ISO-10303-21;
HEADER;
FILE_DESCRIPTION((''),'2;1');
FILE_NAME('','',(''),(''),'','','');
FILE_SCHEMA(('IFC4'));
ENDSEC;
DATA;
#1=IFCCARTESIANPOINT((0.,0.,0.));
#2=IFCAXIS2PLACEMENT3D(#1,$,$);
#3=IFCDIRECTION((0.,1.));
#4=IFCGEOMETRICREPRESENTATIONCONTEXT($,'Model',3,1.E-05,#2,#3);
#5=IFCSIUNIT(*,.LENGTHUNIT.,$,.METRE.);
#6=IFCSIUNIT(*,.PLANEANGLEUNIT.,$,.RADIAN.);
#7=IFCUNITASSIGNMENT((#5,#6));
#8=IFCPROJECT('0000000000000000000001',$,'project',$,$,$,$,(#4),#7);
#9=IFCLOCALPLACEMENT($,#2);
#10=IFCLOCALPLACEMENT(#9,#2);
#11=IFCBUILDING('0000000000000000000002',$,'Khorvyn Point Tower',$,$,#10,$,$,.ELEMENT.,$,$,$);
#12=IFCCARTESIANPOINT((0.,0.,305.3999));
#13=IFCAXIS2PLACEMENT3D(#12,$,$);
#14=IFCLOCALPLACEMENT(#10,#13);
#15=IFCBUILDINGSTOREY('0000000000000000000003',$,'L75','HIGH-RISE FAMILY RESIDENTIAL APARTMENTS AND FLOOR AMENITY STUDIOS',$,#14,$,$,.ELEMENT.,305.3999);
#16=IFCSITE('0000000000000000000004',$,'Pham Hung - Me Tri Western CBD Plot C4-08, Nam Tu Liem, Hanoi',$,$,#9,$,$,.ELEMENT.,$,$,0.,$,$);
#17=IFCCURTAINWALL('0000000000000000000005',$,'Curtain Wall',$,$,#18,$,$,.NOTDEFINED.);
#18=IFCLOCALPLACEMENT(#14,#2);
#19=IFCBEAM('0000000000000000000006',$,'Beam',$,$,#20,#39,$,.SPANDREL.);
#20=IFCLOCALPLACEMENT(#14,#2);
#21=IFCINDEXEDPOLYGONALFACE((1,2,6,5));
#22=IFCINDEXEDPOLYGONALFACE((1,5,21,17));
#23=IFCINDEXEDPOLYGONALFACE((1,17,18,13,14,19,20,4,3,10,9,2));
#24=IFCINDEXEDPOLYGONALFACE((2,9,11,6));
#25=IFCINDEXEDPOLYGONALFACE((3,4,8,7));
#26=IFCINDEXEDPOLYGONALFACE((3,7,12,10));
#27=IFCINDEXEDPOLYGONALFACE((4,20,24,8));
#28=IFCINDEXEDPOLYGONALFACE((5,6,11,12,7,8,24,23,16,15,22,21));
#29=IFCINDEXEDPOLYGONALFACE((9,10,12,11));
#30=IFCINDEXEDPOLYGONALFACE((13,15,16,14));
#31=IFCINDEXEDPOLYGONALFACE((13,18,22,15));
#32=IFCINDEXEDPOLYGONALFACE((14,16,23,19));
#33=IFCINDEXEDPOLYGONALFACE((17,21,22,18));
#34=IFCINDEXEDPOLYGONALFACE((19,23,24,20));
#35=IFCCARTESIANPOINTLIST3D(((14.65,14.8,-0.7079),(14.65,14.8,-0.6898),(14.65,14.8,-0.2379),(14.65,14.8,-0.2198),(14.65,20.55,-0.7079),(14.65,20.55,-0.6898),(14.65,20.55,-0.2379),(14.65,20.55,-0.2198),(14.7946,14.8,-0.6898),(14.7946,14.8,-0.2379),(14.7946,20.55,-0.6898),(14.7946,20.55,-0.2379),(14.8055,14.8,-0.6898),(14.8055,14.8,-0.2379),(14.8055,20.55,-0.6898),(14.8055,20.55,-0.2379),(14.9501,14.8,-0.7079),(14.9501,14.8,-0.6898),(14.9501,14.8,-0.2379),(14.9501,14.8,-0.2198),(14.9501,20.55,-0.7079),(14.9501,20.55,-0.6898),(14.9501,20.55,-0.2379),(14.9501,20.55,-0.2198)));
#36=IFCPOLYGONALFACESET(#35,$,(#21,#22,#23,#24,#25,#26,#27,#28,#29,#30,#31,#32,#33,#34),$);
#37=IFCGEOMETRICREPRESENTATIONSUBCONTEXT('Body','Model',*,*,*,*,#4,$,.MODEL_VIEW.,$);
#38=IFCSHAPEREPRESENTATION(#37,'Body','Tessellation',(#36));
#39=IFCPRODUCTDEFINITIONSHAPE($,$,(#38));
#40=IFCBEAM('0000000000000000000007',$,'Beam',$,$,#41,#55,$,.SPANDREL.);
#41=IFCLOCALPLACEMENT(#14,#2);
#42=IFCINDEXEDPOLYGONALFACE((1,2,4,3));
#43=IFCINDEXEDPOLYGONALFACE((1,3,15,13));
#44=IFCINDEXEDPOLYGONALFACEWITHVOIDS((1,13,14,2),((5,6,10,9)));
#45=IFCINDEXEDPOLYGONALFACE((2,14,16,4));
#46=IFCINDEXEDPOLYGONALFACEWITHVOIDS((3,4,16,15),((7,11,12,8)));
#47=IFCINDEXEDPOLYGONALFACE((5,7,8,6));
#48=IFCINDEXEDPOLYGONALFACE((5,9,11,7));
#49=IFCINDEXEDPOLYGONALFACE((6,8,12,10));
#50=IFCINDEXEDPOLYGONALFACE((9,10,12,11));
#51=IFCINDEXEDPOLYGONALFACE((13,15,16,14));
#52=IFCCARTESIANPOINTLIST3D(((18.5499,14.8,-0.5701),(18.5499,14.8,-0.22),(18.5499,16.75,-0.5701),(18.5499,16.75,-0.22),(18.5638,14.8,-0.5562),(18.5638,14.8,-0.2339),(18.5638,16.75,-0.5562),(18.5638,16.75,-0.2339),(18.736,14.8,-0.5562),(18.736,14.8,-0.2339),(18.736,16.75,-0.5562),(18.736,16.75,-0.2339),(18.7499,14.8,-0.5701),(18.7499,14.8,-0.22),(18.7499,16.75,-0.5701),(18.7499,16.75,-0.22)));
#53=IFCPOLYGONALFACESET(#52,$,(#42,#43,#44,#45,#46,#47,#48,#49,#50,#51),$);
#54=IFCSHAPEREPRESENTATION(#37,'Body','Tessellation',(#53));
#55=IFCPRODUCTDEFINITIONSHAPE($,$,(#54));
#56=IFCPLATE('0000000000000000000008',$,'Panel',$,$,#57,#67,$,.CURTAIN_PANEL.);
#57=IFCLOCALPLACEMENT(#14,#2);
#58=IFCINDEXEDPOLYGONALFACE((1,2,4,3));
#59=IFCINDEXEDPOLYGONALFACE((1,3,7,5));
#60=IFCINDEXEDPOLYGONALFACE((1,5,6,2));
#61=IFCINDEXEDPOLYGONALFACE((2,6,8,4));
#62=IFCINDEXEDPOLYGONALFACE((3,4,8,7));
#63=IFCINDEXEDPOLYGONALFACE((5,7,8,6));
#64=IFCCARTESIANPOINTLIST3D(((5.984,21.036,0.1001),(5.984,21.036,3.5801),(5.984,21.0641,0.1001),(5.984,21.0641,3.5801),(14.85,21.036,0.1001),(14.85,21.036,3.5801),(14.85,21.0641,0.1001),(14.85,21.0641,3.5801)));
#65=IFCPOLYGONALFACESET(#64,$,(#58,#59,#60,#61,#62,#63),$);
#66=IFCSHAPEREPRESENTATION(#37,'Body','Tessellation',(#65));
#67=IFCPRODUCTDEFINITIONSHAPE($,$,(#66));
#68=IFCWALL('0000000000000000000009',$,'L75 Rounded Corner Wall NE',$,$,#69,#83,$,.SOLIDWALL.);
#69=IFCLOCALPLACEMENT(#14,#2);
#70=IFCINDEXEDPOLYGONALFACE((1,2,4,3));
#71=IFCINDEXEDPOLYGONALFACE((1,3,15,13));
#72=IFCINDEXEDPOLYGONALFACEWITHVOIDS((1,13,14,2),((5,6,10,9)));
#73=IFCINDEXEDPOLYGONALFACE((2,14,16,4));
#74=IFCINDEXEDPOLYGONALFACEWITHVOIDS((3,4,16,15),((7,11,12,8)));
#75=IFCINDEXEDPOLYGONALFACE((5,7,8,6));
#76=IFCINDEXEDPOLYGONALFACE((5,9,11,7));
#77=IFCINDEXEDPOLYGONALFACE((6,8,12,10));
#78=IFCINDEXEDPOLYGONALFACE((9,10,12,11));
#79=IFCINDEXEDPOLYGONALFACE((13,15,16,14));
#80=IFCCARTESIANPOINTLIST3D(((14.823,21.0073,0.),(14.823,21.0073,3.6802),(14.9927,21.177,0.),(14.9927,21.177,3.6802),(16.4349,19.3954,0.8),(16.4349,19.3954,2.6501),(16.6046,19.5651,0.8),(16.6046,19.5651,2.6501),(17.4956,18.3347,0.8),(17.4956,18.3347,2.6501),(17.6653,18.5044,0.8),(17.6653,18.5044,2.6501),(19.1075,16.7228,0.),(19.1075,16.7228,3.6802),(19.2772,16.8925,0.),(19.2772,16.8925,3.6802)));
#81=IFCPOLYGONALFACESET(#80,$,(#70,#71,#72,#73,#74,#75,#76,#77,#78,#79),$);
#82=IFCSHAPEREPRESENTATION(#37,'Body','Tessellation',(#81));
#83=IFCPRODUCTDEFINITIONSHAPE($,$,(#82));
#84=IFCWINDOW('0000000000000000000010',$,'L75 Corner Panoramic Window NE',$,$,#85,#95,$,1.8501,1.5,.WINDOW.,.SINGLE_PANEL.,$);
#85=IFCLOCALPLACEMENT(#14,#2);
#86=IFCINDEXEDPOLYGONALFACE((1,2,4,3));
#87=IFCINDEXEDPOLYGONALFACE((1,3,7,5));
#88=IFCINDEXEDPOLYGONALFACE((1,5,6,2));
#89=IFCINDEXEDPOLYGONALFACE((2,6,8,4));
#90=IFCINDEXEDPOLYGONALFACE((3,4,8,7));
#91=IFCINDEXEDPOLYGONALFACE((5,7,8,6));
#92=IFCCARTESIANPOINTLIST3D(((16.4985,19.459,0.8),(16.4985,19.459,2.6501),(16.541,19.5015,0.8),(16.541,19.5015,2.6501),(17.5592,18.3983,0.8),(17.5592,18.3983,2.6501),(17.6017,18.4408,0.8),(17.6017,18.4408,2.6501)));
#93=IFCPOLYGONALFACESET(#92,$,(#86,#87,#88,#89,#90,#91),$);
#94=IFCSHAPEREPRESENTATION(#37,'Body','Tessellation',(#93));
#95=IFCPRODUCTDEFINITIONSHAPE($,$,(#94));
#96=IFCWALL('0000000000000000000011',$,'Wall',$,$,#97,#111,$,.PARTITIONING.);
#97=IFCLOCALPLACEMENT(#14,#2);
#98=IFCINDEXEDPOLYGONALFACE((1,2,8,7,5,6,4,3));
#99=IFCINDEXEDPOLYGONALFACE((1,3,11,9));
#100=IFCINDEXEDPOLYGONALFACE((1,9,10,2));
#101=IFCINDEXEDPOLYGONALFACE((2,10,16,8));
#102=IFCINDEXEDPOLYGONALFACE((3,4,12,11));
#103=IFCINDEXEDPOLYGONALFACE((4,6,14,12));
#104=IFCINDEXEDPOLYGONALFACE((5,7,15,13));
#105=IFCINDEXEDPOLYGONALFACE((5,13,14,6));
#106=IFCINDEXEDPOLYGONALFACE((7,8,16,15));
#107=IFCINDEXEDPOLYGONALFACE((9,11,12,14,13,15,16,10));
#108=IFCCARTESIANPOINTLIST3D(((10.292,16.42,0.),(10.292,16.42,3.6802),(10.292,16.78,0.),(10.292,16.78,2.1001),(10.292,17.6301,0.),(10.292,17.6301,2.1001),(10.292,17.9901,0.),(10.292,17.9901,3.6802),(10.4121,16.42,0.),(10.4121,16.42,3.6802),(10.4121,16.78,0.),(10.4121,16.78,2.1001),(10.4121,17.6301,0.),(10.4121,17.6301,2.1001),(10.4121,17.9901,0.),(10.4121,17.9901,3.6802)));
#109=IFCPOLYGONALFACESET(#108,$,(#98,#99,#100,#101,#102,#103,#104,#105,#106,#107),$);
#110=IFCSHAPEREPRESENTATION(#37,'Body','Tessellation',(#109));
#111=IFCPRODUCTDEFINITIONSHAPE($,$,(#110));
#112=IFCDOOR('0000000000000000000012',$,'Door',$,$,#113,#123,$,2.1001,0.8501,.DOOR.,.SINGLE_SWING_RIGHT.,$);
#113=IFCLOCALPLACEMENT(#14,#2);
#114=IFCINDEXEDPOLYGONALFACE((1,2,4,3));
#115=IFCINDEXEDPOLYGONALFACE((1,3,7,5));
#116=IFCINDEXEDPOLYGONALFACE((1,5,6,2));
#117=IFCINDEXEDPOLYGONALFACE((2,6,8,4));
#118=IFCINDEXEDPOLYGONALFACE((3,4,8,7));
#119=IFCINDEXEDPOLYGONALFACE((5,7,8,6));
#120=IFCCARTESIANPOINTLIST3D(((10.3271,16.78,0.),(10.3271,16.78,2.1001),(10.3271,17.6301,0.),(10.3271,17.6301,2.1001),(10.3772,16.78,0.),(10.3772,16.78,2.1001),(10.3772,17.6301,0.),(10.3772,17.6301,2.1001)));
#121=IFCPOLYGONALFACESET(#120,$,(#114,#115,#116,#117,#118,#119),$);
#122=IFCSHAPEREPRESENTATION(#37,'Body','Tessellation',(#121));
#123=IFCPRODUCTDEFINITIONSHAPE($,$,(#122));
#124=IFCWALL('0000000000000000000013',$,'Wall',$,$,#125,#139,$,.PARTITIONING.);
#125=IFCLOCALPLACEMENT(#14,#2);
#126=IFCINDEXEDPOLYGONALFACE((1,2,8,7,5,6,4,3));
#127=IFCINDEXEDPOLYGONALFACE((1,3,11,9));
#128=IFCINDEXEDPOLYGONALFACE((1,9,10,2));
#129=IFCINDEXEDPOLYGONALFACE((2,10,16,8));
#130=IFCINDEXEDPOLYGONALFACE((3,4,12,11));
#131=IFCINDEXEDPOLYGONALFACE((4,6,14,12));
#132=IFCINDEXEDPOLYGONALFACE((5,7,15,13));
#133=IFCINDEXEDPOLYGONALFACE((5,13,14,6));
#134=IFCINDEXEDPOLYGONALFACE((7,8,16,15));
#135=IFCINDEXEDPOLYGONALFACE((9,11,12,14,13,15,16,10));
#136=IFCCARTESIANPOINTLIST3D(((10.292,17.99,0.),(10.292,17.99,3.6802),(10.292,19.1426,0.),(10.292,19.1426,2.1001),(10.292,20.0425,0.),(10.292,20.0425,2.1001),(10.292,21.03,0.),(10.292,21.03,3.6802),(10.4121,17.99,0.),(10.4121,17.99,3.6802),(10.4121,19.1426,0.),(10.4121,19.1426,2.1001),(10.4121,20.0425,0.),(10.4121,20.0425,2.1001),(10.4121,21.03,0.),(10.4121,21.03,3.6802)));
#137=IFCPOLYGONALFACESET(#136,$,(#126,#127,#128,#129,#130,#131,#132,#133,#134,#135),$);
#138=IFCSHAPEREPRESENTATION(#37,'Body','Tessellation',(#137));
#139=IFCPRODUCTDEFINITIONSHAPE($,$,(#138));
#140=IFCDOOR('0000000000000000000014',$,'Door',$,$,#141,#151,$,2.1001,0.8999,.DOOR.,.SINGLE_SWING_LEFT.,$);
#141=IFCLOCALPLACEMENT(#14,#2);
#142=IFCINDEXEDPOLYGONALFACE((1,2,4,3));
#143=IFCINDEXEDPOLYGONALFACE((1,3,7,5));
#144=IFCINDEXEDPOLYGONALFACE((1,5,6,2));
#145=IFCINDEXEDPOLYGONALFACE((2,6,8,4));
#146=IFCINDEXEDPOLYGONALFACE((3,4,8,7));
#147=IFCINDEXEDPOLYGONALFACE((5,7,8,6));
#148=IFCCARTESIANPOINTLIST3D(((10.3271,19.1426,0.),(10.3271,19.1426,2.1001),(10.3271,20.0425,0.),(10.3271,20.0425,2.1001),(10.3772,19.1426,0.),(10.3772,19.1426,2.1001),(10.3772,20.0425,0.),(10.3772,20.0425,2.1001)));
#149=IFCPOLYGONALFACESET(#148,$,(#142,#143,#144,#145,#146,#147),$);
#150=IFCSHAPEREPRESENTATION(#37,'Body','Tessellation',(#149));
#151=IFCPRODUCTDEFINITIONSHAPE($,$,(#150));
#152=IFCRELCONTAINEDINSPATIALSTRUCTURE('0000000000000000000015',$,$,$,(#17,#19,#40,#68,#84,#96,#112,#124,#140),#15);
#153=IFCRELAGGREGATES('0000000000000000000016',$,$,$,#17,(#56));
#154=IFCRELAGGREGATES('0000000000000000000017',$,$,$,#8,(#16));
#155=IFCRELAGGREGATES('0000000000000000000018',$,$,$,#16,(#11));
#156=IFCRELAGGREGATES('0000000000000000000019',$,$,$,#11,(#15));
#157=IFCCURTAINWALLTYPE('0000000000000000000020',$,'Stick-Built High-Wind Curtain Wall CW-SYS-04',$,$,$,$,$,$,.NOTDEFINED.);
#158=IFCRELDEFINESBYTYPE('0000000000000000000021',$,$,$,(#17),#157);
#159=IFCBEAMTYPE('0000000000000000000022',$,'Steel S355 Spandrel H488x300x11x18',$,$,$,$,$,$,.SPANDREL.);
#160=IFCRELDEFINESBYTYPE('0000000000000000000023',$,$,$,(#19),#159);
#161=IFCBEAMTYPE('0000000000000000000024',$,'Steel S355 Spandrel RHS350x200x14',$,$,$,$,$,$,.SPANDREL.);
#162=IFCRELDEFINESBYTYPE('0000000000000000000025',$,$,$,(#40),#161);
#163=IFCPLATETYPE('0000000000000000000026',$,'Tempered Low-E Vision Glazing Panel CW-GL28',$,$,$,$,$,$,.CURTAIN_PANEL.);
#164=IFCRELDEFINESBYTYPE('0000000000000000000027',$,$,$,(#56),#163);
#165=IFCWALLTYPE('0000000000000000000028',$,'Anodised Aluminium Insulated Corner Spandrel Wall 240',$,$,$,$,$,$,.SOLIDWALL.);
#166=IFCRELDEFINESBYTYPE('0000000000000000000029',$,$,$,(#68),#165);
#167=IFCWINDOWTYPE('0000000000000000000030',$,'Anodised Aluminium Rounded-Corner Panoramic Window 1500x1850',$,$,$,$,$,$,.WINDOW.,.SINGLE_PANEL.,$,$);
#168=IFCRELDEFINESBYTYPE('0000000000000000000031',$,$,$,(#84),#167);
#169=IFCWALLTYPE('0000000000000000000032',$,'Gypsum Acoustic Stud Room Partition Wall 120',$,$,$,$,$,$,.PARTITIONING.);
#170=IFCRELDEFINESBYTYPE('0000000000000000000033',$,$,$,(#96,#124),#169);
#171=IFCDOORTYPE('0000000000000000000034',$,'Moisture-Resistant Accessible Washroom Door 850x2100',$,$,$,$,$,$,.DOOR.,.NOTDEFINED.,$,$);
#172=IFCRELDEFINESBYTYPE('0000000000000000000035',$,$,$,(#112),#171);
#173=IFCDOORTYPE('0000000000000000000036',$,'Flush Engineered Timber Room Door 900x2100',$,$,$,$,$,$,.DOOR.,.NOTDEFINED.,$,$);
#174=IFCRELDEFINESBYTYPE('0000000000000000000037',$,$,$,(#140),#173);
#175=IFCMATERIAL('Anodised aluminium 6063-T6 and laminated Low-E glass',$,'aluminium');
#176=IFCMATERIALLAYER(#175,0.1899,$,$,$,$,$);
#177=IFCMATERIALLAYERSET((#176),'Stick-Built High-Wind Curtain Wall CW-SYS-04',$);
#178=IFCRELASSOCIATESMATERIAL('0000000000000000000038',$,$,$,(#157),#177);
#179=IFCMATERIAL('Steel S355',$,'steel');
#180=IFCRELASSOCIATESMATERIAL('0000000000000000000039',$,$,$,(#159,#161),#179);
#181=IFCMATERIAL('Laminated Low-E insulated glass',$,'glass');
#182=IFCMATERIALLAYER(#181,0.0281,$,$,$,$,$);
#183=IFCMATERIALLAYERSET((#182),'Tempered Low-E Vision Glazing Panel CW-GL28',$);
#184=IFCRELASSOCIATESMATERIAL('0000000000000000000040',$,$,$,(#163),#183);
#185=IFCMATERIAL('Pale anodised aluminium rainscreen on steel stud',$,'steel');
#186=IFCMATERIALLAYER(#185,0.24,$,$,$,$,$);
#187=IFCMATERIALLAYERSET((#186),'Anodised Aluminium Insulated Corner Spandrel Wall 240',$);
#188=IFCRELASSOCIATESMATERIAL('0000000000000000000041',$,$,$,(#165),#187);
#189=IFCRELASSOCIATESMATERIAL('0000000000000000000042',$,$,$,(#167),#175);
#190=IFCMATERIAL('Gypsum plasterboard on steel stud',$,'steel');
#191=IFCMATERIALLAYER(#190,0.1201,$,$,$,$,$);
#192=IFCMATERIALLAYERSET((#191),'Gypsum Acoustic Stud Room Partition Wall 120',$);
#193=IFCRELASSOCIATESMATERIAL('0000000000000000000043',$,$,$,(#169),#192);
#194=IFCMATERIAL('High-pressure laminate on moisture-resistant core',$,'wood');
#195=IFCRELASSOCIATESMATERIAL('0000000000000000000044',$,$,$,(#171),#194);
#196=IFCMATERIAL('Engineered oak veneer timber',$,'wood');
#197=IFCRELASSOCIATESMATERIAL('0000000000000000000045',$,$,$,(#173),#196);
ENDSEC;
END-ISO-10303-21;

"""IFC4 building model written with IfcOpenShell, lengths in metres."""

from ifc_helpers import new_model, si_unit, direction, frame, frame_2d, origin, origin_2d, place, context, subcontext, project, spatial, rectangle, hollow_rectangle, i_section, extrude, material, layer, layer_set, material_profile, profile_set, type_object, element, fill, aggregate, save


model = new_model("IFC4")

# Units and contexts
model_context = context("Model", 3, precision=1e-05, world=origin(), true_north=direction((0.0, 1.0)))
body_context = subcontext(model_context, "Body", "Model", "MODEL_VIEW")
ifc_project = project(units=[si_unit("LENGTHUNIT", "METRE"), si_unit("PLANEANGLEUNIT", "RADIAN")], contexts=[model_context])

# Site, building, storey
site_placement = place(None, origin())
site = spatial("IfcSite", under=ifc_project, at=site_placement, Name="Pham Hung - Me Tri Western CBD Plot C4-08, Nam Tu Liem, Hanoi", CompositionType="ELEMENT", RefElevation=0.0)
building_placement = place(site_placement, origin())
building = spatial("IfcBuilding", under=site, at=building_placement, Name="Khorvyn Point Tower", CompositionType="ELEMENT")
storey_placement = place(building_placement, frame((0.0, 0.0, 305.3999)))
storey = spatial("IfcBuildingStorey", under=building, at=storey_placement, Name="L75", Description="HIGH-RISE FAMILY RESIDENTIAL APARTMENTS AND FLOOR AMENITY STUDIOS", CompositionType="ELEMENT", Elevation=305.3999)

# Shared definitions
ifc_material_1 = material(Name="Steel S355", Category="steel")

# Curtain wall
ifc_material_2 = material(Name="Anodised aluminium 6063-T6 and laminated Low-E glass", Category="aluminium")
ifc_layer_1 = layer(ifc_material_2, 0.1899)
ifc_layer_set_1 = layer_set([ifc_layer_1], Name="Stick-Built High-Wind Curtain Wall CW-SYS-04")
curtain_wall_type = type_object("IfcCurtainWallType", Name="Stick-Built High-Wind Curtain Wall CW-SYS-04", PredefinedType="NOTDEFINED", material=ifc_layer_set_1)
curtain_wall_1_placement = place(storey_placement, origin())
curtain_wall_1 = element("IfcCurtainWall", 1, at=curtain_wall_1_placement, inside=storey, type_object=curtain_wall_type, Name="Curtain Wall", PredefinedType="NOTDEFINED")

# Beams
ifc_material_profile_1 = material_profile(ifc_material_1, i_section(OverallWidth=0.3, OverallDepth=0.488, WebThickness=0.011, FlangeThickness=0.0181, at=origin_2d()))
ifc_profile_set_1 = profile_set([ifc_material_profile_1], Name="Steel S355 H488x300x11x18")
beam_type_1 = type_object("IfcBeamType", Name="Steel S355 Spandrel H488x300x11x18", PredefinedType="SPANDREL", material=ifc_profile_set_1)
beam_1_placement = place(storey_placement, frame((14.8, 14.8, -0.4639), z_axis=(0.0, 1.0, 0.0), x_axis=(-1.0, 0.0, 0.0)))
element("IfcBeam", 2, at=beam_1_placement, inside=storey, type_object=beam_type_1, Name="Beam", PredefinedType="SPANDREL", context=body_context, shape_type="SweptSolid", body=[
    extrude(i_section(OverallWidth=0.3, OverallDepth=0.488, WebThickness=0.011, FlangeThickness=0.0181, at=origin_2d()), origin(), (0.0, 0.0, 1.0), 5.75),
])
ifc_material_profile_2 = material_profile(ifc_material_1, hollow_rectangle(XDim=0.2, YDim=0.3501, WallThickness=0.0139, at=origin_2d()))
ifc_profile_set_2 = profile_set([ifc_material_profile_2], Name="Steel S355 RHS350x200x14")
beam_type_2 = type_object("IfcBeamType", Name="Steel S355 Spandrel RHS350x200x14", PredefinedType="SPANDREL", material=ifc_profile_set_2)
beam_2_placement = place(storey_placement, frame((18.6499, 14.8, -0.395), z_axis=(0.0, 1.0, 0.0), x_axis=(-1.0, 0.0, 0.0)))
element("IfcBeam", 3, at=beam_2_placement, inside=storey, type_object=beam_type_2, Name="Beam", PredefinedType="SPANDREL", context=body_context, shape_type="SweptSolid", body=[
    extrude(hollow_rectangle(XDim=0.2, YDim=0.3501, WallThickness=0.0139, at=origin_2d()), origin(), (0.0, 0.0, 1.0), 1.95),
])

# Plate
ifc_material_3 = material(Name="Laminated Low-E insulated glass", Category="glass")
ifc_layer_2 = layer(ifc_material_3, 0.0281)
ifc_layer_set_2 = layer_set([ifc_layer_2], Name="Tempered Low-E Vision Glazing Panel CW-GL28")
plate_type = type_object("IfcPlateType", Name="Tempered Low-E Vision Glazing Panel CW-GL28", PredefinedType="CURTAIN_PANEL", material=ifc_layer_set_2)
plate_placement = place(storey_placement, frame((10.417, 21.05, 0.1001), z_axis=(0.0, 0.0, 1.0), x_axis=(1.0, 0.0, 0.0)))
plate = element("IfcPlate", 4, at=plate_placement, type_object=plate_type, Name="Panel", PredefinedType="CURTAIN_PANEL", context=body_context, shape_type="SweptSolid", body=[
    extrude(rectangle(XDim=8.866, YDim=0.0281, at=origin_2d()), origin(), (0.0, 0.0, 1.0), 3.48),
])
aggregate(curtain_wall_1, [plate])

# Wall, opening, window
ifc_material_4 = material(Name="Pale anodised aluminium rainscreen on steel stud", Category="steel")
ifc_layer_3 = layer(ifc_material_4, 0.24)
ifc_layer_set_3 = layer_set([ifc_layer_3], Name="Anodised Aluminium Insulated Corner Spandrel Wall 240")
wall_type_1 = type_object("IfcWallType", Name="Anodised Aluminium Insulated Corner Spandrel Wall 240", PredefinedType="SOLIDWALL", material=ifc_layer_set_3)
wall_1_placement = place(storey_placement, frame((14.9077, 21.0923, 0.0), z_axis=(0.0, 0.0, 1.0), x_axis=(0.707107, -0.707107, 0.0)))
wall_1 = element("IfcWall", 5, at=wall_1_placement, inside=storey, type_object=wall_type_1, Name="L75 Rounded Corner Wall NE", PredefinedType="SOLIDWALL", context=body_context, shape_type="SweptSolid", body=[
    extrude(rectangle(XDim=6.0593, YDim=0.24, at=frame_2d((3.0298, 0.0))), origin(), (0.0, 0.0, 1.0), 3.6802),
])
opening_1_placement = place(wall_1_placement, frame((2.2798, 0.0, 0.8)))
opening_1 = element("IfcOpeningElement", 6, at=opening_1_placement, cuts=wall_1, PredefinedType="OPENING", context=body_context, shape_type="SweptSolid", body=[
    extrude(rectangle(XDim=1.5, YDim=1.8501, at=frame_2d((0.75, 0.925))), frame((0.0, 0.1299, 0.0), z_axis=(0.0, -1.0, 0.0), x_axis=(1.0, 0.0, 0.0)), (0.0, 0.0, 1.0), 0.26),
])
window_type = type_object("IfcWindowType", Name="Anodised Aluminium Rounded-Corner Panoramic Window 1500x1850", PartitioningType="SINGLE_PANEL", PredefinedType="WINDOW", material=ifc_material_2)
window_placement = place(opening_1_placement, origin())
window = element("IfcWindow", 7, at=window_placement, inside=storey, type_object=window_type, Name="L75 Corner Panoramic Window NE", OverallHeight=1.8501, OverallWidth=1.5, PartitioningType="SINGLE_PANEL", PredefinedType="WINDOW", context=body_context, shape_type="SweptSolid", body=[
    extrude(rectangle(XDim=1.5, YDim=1.8501, at=frame_2d((0.75, 0.925))), frame((0.0, 0.03, 0.0), z_axis=(0.0, -1.0, 0.0), x_axis=(1.0, 0.0, 0.0)), (0.0, 0.0, 1.0), 0.0601),
])
fill(opening_1, window)

# Walls, openings, doors
ifc_material_5 = material(Name="Gypsum plasterboard on steel stud", Category="steel")
ifc_layer_4 = layer(ifc_material_5, 0.1201)
ifc_layer_set_4 = layer_set([ifc_layer_4], Name="Gypsum Acoustic Stud Room Partition Wall 120")
wall_type_2 = type_object("IfcWallType", Name="Gypsum Acoustic Stud Room Partition Wall 120", PredefinedType="PARTITIONING", material=ifc_layer_set_4)
wall_2_placement = place(storey_placement, frame((10.3521, 16.4199, 0.0), z_axis=(0.0, 0.0, 1.0), x_axis=(0.0, 1.0, 0.0)))
wall_2 = element("IfcWall", 8, at=wall_2_placement, inside=storey, type_object=wall_type_2, Name="Wall", PredefinedType="PARTITIONING", context=body_context, shape_type="SweptSolid", body=[
    extrude(rectangle(XDim=1.5701, YDim=0.1201, at=frame_2d((0.7852, 0.0))), origin(), (0.0, 0.0, 1.0), 3.6802),
])
opening_2_placement = place(wall_2_placement, frame((0.3601, 0.0, 0.0)))
opening_2 = element("IfcOpeningElement", 9, at=opening_2_placement, cuts=wall_2, PredefinedType="OPENING", context=body_context, shape_type="SweptSolid", body=[
    extrude(rectangle(XDim=0.8501, YDim=2.1001, at=frame_2d((0.425, 1.05))), frame((0.0, 0.0701, 0.0), z_axis=(0.0, -1.0, 0.0), x_axis=(1.0, 0.0, 0.0)), (0.0, 0.0, 1.0), 0.1401),
])
ifc_material_6 = material(Name="High-pressure laminate on moisture-resistant core", Category="wood")
door_type_1 = type_object("IfcDoorType", Name="Moisture-Resistant Accessible Washroom Door 850x2100", OperationType="NOTDEFINED", PredefinedType="DOOR", material=ifc_material_6)
door_1_placement = place(opening_2_placement, origin())
door_1 = element("IfcDoor", 10, at=door_1_placement, inside=storey, type_object=door_type_1, Name="Door", OperationType="SINGLE_SWING_RIGHT", OverallHeight=2.1001, OverallWidth=0.8501, PredefinedType="DOOR", context=body_context, shape_type="SweptSolid", body=[
    extrude(rectangle(XDim=0.8501, YDim=2.1001, at=frame_2d((0.425, 1.05))), frame((0.0, 0.0249, 0.0), z_axis=(0.0, -1.0, 0.0), x_axis=(1.0, 0.0, 0.0)), (0.0, 0.0, 1.0), 0.05),
])
fill(opening_2, door_1)
wall_3_placement = place(storey_placement, frame((10.3521, 17.99, 0.0), z_axis=(0.0, 0.0, 1.0), x_axis=(0.0, 1.0, 0.0)))
wall_3 = element("IfcWall", 11, at=wall_3_placement, inside=storey, type_object=wall_type_2, Name="Wall", PredefinedType="PARTITIONING", context=body_context, shape_type="SweptSolid", body=[
    extrude(rectangle(XDim=3.04, YDim=0.1201, at=frame_2d((1.52, 0.0))), origin(), (0.0, 0.0, 1.0), 3.6802),
])
opening_3_placement = place(wall_3_placement, frame((1.1526, 0.0, 0.0)))
opening_3 = element("IfcOpeningElement", 12, at=opening_3_placement, cuts=wall_3, PredefinedType="OPENING", context=body_context, shape_type="SweptSolid", body=[
    extrude(rectangle(XDim=0.8999, YDim=2.1001, at=frame_2d((0.45, 1.05))), frame((0.0, 0.0701, 0.0), z_axis=(0.0, -1.0, 0.0), x_axis=(1.0, 0.0, 0.0)), (0.0, 0.0, 1.0), 0.1401),
])
ifc_material_7 = material(Name="Engineered oak veneer timber", Category="wood")
door_type_2 = type_object("IfcDoorType", Name="Flush Engineered Timber Room Door 900x2100", OperationType="NOTDEFINED", PredefinedType="DOOR", material=ifc_material_7)
door_2_placement = place(opening_3_placement, origin())
door_2 = element("IfcDoor", 13, at=door_2_placement, inside=storey, type_object=door_type_2, Name="Door", OperationType="SINGLE_SWING_LEFT", OverallHeight=2.1001, OverallWidth=0.8999, PredefinedType="DOOR", context=body_context, shape_type="SweptSolid", body=[
    extrude(rectangle(XDim=0.8999, YDim=2.1001, at=frame_2d((0.45, 1.05))), frame((0.0, 0.0249, 0.0), z_axis=(0.0, -1.0, 0.0), x_axis=(1.0, 0.0, 0.0)), (0.0, 0.0, 1.0), 0.05),
])
fill(opening_3, door_2)

save(model, "model.ifc")
